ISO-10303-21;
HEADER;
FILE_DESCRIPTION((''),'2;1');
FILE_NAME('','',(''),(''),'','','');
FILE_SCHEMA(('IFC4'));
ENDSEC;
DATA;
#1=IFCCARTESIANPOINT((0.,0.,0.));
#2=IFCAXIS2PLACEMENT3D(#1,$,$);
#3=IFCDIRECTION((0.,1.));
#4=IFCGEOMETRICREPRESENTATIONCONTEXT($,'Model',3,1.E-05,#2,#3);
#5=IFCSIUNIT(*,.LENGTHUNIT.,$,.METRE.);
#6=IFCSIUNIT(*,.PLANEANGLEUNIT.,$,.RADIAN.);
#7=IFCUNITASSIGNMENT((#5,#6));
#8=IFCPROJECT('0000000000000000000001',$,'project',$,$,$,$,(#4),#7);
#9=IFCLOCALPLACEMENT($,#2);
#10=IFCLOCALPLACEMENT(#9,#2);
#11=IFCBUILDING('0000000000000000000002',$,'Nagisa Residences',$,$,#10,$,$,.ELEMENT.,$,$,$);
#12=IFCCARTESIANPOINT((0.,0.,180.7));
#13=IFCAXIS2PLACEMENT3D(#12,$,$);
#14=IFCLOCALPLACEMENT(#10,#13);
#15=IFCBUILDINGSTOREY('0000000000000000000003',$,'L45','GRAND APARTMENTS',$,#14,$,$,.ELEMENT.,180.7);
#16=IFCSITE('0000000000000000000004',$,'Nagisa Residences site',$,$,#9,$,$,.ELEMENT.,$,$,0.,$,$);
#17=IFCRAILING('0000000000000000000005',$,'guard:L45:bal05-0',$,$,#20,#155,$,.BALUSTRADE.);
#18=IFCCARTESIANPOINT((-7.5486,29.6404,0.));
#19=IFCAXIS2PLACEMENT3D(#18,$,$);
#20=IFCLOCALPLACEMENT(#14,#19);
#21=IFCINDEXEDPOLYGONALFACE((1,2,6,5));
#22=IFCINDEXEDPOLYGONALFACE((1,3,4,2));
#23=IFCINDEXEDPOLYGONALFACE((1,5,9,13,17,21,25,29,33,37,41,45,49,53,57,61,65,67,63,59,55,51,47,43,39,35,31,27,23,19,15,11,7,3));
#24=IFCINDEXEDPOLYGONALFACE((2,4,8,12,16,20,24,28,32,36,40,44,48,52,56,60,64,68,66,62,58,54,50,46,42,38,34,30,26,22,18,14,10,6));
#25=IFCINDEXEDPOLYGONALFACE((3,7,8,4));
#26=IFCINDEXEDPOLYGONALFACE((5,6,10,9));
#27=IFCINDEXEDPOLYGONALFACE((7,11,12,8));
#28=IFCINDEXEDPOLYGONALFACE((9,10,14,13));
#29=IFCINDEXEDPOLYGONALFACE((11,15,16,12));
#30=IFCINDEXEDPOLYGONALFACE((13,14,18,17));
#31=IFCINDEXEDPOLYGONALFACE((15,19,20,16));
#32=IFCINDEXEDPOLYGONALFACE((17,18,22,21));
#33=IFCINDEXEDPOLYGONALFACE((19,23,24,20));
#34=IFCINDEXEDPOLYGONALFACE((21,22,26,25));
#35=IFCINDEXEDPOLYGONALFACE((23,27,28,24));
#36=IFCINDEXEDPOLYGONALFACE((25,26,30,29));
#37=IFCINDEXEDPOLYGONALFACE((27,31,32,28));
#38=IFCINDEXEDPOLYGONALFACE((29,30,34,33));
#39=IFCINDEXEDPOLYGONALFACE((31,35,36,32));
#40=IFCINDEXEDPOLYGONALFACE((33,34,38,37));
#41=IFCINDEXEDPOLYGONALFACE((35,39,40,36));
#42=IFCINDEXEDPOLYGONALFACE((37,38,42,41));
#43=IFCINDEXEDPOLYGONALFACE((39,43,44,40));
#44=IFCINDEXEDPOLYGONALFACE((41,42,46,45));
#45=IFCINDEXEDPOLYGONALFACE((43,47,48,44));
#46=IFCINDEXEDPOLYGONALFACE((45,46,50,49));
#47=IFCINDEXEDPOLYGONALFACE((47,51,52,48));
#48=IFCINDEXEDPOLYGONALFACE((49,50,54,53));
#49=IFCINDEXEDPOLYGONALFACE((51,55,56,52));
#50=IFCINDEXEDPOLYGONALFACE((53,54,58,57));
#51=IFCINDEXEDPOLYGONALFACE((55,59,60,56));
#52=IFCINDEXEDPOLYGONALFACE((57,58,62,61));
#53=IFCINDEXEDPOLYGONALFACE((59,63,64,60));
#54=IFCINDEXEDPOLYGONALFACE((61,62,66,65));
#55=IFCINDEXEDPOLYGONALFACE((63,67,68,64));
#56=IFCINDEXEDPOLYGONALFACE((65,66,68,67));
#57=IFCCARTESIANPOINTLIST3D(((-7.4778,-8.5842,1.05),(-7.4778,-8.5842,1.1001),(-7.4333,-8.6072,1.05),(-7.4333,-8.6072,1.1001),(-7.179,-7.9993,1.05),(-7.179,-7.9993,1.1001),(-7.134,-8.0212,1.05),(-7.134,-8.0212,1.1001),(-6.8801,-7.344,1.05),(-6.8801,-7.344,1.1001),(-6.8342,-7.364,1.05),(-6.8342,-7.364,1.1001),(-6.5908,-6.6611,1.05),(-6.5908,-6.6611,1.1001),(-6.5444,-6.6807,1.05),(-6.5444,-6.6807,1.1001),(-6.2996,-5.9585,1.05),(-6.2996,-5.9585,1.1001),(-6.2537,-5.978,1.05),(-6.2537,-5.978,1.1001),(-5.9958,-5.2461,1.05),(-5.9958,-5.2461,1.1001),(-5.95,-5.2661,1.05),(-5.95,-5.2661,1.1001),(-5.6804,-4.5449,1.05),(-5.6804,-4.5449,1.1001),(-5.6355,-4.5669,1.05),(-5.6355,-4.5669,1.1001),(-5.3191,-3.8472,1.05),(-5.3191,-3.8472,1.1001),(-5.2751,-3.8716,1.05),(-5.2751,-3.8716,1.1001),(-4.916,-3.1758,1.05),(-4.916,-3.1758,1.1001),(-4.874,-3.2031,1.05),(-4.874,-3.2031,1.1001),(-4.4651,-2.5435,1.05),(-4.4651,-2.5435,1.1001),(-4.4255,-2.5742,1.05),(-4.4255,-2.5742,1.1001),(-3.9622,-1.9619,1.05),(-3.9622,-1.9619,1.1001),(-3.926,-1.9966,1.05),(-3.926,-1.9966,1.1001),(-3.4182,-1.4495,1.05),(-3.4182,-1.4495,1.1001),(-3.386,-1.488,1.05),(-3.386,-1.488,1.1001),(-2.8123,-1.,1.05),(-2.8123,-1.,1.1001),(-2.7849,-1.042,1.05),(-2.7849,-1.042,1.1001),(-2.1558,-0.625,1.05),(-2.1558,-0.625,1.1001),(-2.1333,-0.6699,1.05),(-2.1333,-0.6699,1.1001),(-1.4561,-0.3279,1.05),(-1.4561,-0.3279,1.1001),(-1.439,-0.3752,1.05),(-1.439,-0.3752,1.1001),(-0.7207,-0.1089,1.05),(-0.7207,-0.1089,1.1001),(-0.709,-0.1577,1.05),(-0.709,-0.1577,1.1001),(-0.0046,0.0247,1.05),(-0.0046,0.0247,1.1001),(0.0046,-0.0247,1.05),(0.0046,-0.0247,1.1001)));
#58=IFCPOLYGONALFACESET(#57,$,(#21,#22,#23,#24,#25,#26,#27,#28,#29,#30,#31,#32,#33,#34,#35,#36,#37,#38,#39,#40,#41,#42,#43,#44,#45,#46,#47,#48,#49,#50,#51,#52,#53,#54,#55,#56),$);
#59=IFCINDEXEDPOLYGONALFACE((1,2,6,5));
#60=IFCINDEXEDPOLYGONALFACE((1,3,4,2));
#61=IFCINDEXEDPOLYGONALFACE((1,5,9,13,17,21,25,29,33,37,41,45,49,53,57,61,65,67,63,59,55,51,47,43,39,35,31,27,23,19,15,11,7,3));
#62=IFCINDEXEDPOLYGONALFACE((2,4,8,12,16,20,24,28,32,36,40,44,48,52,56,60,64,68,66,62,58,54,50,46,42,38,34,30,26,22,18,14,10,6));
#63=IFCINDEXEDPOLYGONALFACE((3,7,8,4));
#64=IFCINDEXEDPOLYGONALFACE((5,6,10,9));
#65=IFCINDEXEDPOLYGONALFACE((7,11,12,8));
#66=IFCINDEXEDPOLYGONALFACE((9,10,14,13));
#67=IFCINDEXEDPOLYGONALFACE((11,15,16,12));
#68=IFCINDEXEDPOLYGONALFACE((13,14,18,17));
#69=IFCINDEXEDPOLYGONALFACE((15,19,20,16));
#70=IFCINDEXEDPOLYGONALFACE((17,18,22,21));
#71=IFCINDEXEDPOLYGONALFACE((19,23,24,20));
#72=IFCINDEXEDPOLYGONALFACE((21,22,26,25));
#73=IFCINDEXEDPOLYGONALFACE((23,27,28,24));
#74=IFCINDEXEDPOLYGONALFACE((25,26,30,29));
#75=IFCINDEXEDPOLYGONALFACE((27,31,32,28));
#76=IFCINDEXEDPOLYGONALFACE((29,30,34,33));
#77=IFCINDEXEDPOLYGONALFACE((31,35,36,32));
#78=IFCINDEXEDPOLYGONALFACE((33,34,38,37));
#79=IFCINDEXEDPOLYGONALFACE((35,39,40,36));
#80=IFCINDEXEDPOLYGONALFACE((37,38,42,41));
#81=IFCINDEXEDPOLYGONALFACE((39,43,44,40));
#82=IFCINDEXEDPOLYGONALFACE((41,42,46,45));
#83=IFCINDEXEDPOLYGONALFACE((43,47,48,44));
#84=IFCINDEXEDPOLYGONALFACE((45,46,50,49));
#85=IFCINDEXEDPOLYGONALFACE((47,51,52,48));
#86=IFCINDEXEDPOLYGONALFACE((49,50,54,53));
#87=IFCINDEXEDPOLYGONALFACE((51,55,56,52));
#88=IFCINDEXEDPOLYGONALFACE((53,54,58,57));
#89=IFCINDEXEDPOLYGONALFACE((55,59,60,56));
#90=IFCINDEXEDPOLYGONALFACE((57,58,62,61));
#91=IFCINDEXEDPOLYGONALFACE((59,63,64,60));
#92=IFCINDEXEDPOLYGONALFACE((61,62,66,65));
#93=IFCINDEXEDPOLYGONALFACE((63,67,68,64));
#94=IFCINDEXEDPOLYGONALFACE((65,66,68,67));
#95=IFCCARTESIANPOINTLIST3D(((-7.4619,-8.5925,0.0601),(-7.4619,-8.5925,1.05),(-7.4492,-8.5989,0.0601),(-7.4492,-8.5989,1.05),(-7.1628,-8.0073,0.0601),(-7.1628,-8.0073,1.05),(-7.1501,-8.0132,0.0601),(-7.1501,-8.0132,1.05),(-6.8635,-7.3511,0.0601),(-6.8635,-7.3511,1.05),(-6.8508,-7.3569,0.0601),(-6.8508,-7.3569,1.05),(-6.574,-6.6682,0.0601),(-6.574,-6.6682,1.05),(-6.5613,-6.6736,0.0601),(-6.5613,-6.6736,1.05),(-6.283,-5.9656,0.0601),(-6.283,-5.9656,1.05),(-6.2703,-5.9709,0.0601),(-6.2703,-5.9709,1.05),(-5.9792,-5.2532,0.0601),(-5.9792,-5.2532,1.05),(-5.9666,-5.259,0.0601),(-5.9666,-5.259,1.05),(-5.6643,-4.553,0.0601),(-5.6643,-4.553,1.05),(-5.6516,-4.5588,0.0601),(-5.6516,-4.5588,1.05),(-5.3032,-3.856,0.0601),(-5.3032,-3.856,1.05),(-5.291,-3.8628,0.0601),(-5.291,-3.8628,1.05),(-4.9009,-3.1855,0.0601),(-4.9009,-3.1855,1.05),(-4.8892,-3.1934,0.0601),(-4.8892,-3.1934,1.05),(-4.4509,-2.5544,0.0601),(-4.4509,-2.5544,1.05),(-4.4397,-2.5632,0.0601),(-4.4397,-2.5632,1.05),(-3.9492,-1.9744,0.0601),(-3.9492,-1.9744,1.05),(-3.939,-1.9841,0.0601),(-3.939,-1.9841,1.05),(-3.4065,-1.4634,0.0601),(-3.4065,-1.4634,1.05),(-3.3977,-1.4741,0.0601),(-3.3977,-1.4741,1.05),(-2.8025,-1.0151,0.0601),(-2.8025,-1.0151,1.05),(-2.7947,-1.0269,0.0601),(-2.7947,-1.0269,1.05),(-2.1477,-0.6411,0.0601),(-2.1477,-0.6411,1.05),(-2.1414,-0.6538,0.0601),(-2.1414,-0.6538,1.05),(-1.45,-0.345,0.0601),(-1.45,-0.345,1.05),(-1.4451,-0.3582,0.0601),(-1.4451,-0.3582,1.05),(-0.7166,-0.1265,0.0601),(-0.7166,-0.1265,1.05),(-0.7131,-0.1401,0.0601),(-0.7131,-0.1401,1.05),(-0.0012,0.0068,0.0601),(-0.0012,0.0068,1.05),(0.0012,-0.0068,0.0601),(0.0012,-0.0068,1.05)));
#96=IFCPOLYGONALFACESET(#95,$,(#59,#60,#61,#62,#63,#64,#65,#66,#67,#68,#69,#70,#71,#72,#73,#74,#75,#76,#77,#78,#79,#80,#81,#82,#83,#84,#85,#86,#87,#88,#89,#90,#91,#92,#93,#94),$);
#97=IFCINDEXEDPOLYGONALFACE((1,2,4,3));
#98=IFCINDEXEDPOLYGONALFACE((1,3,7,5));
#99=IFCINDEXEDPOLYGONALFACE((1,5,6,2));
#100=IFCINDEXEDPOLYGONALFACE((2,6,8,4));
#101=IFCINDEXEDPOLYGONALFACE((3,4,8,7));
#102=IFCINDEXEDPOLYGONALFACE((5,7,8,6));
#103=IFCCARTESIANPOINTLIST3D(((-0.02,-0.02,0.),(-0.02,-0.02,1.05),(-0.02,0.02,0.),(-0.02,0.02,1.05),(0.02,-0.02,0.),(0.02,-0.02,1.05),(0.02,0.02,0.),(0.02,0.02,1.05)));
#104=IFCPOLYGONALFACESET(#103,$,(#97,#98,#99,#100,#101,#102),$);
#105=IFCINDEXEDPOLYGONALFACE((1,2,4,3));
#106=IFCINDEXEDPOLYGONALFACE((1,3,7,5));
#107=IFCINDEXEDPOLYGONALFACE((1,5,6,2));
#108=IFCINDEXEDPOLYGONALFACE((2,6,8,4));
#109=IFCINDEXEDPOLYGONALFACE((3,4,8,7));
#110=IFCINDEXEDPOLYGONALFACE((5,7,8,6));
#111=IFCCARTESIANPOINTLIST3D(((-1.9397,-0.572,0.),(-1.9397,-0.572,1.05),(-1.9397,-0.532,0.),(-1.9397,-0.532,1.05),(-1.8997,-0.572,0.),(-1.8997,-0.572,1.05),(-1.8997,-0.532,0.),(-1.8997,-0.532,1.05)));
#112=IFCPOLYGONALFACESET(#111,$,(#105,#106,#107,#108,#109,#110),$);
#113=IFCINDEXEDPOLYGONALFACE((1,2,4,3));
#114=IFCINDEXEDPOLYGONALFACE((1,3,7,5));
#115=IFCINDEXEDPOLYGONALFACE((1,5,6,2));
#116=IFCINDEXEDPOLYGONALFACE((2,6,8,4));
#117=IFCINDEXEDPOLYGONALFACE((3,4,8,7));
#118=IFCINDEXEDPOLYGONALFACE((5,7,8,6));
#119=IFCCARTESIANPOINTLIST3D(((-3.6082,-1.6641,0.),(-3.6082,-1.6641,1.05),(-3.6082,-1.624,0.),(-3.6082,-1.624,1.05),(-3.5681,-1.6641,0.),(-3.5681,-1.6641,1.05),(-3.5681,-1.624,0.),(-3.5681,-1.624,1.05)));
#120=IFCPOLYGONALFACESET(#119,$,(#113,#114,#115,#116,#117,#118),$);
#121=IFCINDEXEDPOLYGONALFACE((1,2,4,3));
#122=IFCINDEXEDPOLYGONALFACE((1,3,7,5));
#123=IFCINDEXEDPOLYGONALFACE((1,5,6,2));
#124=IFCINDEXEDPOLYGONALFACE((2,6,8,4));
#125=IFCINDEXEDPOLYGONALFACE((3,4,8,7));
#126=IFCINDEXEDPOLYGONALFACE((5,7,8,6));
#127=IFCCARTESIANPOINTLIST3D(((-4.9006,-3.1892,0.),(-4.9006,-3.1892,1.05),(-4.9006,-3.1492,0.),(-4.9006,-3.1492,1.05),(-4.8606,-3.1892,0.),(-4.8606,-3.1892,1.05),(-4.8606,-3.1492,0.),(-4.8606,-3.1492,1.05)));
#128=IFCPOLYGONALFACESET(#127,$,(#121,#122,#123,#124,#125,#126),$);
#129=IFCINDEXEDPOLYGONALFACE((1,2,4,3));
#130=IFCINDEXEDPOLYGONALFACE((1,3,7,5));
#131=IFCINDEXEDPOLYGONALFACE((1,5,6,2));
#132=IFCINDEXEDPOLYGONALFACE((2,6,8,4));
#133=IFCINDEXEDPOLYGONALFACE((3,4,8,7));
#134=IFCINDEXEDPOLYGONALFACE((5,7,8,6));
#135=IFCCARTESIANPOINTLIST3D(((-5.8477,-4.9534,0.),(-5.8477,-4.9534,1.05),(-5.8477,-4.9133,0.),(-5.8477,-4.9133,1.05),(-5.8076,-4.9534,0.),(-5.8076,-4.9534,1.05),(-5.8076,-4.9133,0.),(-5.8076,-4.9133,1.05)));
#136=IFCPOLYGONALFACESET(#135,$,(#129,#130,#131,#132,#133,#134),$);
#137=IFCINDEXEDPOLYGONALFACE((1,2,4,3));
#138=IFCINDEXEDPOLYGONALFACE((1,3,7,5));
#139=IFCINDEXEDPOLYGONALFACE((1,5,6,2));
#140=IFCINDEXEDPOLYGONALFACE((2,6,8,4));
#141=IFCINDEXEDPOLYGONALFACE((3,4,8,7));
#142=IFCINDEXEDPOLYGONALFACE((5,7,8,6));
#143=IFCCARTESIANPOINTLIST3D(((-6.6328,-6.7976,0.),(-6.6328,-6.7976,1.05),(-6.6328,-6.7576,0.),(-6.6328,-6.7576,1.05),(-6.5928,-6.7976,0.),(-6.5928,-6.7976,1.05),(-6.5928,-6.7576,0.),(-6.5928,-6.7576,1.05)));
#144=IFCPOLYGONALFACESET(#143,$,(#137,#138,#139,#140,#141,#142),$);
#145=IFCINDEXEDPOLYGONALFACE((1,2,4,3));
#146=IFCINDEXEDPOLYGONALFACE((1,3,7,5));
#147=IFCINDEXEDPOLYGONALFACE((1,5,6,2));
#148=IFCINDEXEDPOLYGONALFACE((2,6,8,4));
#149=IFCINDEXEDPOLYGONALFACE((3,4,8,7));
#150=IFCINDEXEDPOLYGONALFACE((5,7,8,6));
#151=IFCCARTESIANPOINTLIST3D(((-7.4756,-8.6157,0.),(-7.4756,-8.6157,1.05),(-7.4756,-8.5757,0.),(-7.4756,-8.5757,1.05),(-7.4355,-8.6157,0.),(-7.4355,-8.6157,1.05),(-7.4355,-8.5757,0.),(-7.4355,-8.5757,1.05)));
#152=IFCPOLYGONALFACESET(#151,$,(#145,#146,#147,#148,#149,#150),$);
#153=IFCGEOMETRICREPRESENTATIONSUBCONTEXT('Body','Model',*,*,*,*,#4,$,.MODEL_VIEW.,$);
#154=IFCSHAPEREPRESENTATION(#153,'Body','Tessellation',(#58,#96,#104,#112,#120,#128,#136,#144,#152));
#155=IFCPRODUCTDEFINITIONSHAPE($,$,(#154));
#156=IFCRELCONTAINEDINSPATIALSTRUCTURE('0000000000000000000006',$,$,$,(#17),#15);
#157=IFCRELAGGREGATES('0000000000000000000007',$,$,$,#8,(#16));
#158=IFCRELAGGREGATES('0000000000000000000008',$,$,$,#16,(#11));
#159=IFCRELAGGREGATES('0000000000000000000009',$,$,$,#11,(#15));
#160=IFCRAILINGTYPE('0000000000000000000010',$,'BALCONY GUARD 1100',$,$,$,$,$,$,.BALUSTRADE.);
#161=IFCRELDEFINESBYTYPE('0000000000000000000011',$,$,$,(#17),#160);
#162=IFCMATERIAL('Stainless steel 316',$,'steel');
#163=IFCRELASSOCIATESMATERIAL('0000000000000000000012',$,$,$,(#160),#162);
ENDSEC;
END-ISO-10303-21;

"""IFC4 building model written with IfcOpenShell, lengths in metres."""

from ifc_helpers import new_model, si_unit, direction, frame, origin, origin_2d, place, context, subcontext, project, spatial, polyline, rectangle, outline, extrude, material, type_object, element, save


model = new_model("IFC4")

# Units and contexts
model_context = context("Model", 3, precision=1e-05, world=origin(), true_north=direction((0.0, 1.0)))
body_context = subcontext(model_context, "Body", "Model", "MODEL_VIEW")
ifc_project = project(units=[si_unit("LENGTHUNIT", "METRE"), si_unit("PLANEANGLEUNIT", "RADIAN")], contexts=[model_context])

# Site, building, storey
site_placement = place(None, origin())
site = spatial("IfcSite", under=ifc_project, at=site_placement, Name="Nagisa Residences site", CompositionType="ELEMENT", RefElevation=0.0)
building_placement = place(site_placement, origin())
building = spatial("IfcBuilding", under=site, at=building_placement, Name="Nagisa Residences", CompositionType="ELEMENT")
storey_placement = place(building_placement, frame((0.0, 0.0, 180.7)))
storey = spatial("IfcBuildingStorey", under=building, at=storey_placement, Name="L45", Description="GRAND APARTMENTS", CompositionType="ELEMENT", Elevation=180.7)

# Railing
ifc_material_1 = material(Name="Stainless steel 316", Category="steel")
railing_type = type_object("IfcRailingType", Name="BALCONY GUARD 1100", PredefinedType="BALUSTRADE", material=ifc_material_1)
railing_placement = place(storey_placement, frame((-7.5486, 29.6404, 0.0)))
element("IfcRailing", 1, at=railing_placement, inside=storey, type_object=railing_type, Name="guard:L45:bal05-0", PredefinedType="BALUSTRADE", context=body_context, shape_type="SweptSolid", body=[
    extrude(outline(polyline([(-0.709, -0.1577), (0.0046, -0.0247), (-0.0046, 0.0247), (-0.7207, -0.1089), (-1.4561, -0.3279), (-2.1558, -0.625), (-2.8123, -1.0), (-3.4182, -1.4495), (-3.9622, -1.9619), (-4.4651, -2.5435), (-4.916, -3.1758), (-5.3191, -3.8472), (-5.6804, -4.5449), (-5.9958, -5.2461), (-6.2996, -5.9585), (-6.5908, -6.6611), (-6.8801, -7.344), (-7.179, -7.9993), (-7.4778, -8.5842), (-7.4333, -8.6072), (-7.134, -8.0212), (-6.8342, -7.364), (-6.5444, -6.6807), (-6.2537, -5.978), (-5.95, -5.2661), (-5.6355, -4.5669), (-5.2751, -3.8716), (-4.874, -3.2031), (-4.4255, -2.5742), (-3.926, -1.9966), (-3.386, -1.488), (-2.7849, -1.042), (-2.1333, -0.6699), (-1.439, -0.3752), (-0.709, -0.1577)])), frame((0.0, 0.0, 1.05)), (0.0, 0.0, 1.0), 0.05),
    extrude(outline(polyline([(-0.7131, -0.1401), (0.0012, -0.0068), (-0.0012, 0.0068), (-0.7166, -0.1265), (-1.45, -0.345), (-2.1477, -0.6411), (-2.8025, -1.0151), (-3.4065, -1.4634), (-3.9492, -1.9744), (-4.4509, -2.5544), (-4.9009, -3.1855), (-5.3032, -3.856), (-5.6643, -4.553), (-5.9792, -5.2532), (-6.283, -5.9656), (-6.574, -6.6682), (-6.8635, -7.3511), (-7.1628, -8.0073), (-7.4619, -8.5925), (-7.4492, -8.5989), (-7.1501, -8.0132), (-6.8508, -7.3569), (-6.5613, -6.6736), (-6.2703, -5.9709), (-5.9666, -5.259), (-5.6516, -4.5588), (-5.291, -3.8628), (-4.8892, -3.1934), (-4.4397, -2.5632), (-3.939, -1.9841), (-3.3977, -1.4741), (-2.7947, -1.0269), (-2.1414, -0.6538), (-1.4451, -0.3582), (-0.7131, -0.1401)])), frame((0.0, 0.0, 0.0601)), (0.0, 0.0, 1.0), 0.99),
    extrude(rectangle(XDim=0.04, YDim=0.04, at=origin_2d()), origin(), (0.0, 0.0, 1.0), 1.05),
    extrude(rectangle(XDim=0.04, YDim=0.04, at=origin_2d()), frame((-1.9197, -0.552, 0.0)), (0.0, 0.0, 1.0), 1.05),
    extrude(rectangle(XDim=0.04, YDim=0.04, at=origin_2d()), frame((-3.5881, -1.644, 0.0)), (0.0, 0.0, 1.0), 1.05),
    extrude(rectangle(XDim=0.04, YDim=0.04, at=origin_2d()), frame((-4.8806, -3.1692, 0.0)), (0.0, 0.0, 1.0), 1.05),
    extrude(rectangle(XDim=0.04, YDim=0.04, at=origin_2d()), frame((-5.8276, -4.9333, 0.0)), (0.0, 0.0, 1.0), 1.05),
    extrude(rectangle(XDim=0.04, YDim=0.04, at=origin_2d()), frame((-6.6128, -6.7776, 0.0)), (0.0, 0.0, 1.0), 1.05),
    extrude(rectangle(XDim=0.04, YDim=0.04, at=origin_2d()), frame((-7.4556, -8.5957, 0.0)), (0.0, 0.0, 1.0), 1.05),
])

save(model, "model.ifc")
